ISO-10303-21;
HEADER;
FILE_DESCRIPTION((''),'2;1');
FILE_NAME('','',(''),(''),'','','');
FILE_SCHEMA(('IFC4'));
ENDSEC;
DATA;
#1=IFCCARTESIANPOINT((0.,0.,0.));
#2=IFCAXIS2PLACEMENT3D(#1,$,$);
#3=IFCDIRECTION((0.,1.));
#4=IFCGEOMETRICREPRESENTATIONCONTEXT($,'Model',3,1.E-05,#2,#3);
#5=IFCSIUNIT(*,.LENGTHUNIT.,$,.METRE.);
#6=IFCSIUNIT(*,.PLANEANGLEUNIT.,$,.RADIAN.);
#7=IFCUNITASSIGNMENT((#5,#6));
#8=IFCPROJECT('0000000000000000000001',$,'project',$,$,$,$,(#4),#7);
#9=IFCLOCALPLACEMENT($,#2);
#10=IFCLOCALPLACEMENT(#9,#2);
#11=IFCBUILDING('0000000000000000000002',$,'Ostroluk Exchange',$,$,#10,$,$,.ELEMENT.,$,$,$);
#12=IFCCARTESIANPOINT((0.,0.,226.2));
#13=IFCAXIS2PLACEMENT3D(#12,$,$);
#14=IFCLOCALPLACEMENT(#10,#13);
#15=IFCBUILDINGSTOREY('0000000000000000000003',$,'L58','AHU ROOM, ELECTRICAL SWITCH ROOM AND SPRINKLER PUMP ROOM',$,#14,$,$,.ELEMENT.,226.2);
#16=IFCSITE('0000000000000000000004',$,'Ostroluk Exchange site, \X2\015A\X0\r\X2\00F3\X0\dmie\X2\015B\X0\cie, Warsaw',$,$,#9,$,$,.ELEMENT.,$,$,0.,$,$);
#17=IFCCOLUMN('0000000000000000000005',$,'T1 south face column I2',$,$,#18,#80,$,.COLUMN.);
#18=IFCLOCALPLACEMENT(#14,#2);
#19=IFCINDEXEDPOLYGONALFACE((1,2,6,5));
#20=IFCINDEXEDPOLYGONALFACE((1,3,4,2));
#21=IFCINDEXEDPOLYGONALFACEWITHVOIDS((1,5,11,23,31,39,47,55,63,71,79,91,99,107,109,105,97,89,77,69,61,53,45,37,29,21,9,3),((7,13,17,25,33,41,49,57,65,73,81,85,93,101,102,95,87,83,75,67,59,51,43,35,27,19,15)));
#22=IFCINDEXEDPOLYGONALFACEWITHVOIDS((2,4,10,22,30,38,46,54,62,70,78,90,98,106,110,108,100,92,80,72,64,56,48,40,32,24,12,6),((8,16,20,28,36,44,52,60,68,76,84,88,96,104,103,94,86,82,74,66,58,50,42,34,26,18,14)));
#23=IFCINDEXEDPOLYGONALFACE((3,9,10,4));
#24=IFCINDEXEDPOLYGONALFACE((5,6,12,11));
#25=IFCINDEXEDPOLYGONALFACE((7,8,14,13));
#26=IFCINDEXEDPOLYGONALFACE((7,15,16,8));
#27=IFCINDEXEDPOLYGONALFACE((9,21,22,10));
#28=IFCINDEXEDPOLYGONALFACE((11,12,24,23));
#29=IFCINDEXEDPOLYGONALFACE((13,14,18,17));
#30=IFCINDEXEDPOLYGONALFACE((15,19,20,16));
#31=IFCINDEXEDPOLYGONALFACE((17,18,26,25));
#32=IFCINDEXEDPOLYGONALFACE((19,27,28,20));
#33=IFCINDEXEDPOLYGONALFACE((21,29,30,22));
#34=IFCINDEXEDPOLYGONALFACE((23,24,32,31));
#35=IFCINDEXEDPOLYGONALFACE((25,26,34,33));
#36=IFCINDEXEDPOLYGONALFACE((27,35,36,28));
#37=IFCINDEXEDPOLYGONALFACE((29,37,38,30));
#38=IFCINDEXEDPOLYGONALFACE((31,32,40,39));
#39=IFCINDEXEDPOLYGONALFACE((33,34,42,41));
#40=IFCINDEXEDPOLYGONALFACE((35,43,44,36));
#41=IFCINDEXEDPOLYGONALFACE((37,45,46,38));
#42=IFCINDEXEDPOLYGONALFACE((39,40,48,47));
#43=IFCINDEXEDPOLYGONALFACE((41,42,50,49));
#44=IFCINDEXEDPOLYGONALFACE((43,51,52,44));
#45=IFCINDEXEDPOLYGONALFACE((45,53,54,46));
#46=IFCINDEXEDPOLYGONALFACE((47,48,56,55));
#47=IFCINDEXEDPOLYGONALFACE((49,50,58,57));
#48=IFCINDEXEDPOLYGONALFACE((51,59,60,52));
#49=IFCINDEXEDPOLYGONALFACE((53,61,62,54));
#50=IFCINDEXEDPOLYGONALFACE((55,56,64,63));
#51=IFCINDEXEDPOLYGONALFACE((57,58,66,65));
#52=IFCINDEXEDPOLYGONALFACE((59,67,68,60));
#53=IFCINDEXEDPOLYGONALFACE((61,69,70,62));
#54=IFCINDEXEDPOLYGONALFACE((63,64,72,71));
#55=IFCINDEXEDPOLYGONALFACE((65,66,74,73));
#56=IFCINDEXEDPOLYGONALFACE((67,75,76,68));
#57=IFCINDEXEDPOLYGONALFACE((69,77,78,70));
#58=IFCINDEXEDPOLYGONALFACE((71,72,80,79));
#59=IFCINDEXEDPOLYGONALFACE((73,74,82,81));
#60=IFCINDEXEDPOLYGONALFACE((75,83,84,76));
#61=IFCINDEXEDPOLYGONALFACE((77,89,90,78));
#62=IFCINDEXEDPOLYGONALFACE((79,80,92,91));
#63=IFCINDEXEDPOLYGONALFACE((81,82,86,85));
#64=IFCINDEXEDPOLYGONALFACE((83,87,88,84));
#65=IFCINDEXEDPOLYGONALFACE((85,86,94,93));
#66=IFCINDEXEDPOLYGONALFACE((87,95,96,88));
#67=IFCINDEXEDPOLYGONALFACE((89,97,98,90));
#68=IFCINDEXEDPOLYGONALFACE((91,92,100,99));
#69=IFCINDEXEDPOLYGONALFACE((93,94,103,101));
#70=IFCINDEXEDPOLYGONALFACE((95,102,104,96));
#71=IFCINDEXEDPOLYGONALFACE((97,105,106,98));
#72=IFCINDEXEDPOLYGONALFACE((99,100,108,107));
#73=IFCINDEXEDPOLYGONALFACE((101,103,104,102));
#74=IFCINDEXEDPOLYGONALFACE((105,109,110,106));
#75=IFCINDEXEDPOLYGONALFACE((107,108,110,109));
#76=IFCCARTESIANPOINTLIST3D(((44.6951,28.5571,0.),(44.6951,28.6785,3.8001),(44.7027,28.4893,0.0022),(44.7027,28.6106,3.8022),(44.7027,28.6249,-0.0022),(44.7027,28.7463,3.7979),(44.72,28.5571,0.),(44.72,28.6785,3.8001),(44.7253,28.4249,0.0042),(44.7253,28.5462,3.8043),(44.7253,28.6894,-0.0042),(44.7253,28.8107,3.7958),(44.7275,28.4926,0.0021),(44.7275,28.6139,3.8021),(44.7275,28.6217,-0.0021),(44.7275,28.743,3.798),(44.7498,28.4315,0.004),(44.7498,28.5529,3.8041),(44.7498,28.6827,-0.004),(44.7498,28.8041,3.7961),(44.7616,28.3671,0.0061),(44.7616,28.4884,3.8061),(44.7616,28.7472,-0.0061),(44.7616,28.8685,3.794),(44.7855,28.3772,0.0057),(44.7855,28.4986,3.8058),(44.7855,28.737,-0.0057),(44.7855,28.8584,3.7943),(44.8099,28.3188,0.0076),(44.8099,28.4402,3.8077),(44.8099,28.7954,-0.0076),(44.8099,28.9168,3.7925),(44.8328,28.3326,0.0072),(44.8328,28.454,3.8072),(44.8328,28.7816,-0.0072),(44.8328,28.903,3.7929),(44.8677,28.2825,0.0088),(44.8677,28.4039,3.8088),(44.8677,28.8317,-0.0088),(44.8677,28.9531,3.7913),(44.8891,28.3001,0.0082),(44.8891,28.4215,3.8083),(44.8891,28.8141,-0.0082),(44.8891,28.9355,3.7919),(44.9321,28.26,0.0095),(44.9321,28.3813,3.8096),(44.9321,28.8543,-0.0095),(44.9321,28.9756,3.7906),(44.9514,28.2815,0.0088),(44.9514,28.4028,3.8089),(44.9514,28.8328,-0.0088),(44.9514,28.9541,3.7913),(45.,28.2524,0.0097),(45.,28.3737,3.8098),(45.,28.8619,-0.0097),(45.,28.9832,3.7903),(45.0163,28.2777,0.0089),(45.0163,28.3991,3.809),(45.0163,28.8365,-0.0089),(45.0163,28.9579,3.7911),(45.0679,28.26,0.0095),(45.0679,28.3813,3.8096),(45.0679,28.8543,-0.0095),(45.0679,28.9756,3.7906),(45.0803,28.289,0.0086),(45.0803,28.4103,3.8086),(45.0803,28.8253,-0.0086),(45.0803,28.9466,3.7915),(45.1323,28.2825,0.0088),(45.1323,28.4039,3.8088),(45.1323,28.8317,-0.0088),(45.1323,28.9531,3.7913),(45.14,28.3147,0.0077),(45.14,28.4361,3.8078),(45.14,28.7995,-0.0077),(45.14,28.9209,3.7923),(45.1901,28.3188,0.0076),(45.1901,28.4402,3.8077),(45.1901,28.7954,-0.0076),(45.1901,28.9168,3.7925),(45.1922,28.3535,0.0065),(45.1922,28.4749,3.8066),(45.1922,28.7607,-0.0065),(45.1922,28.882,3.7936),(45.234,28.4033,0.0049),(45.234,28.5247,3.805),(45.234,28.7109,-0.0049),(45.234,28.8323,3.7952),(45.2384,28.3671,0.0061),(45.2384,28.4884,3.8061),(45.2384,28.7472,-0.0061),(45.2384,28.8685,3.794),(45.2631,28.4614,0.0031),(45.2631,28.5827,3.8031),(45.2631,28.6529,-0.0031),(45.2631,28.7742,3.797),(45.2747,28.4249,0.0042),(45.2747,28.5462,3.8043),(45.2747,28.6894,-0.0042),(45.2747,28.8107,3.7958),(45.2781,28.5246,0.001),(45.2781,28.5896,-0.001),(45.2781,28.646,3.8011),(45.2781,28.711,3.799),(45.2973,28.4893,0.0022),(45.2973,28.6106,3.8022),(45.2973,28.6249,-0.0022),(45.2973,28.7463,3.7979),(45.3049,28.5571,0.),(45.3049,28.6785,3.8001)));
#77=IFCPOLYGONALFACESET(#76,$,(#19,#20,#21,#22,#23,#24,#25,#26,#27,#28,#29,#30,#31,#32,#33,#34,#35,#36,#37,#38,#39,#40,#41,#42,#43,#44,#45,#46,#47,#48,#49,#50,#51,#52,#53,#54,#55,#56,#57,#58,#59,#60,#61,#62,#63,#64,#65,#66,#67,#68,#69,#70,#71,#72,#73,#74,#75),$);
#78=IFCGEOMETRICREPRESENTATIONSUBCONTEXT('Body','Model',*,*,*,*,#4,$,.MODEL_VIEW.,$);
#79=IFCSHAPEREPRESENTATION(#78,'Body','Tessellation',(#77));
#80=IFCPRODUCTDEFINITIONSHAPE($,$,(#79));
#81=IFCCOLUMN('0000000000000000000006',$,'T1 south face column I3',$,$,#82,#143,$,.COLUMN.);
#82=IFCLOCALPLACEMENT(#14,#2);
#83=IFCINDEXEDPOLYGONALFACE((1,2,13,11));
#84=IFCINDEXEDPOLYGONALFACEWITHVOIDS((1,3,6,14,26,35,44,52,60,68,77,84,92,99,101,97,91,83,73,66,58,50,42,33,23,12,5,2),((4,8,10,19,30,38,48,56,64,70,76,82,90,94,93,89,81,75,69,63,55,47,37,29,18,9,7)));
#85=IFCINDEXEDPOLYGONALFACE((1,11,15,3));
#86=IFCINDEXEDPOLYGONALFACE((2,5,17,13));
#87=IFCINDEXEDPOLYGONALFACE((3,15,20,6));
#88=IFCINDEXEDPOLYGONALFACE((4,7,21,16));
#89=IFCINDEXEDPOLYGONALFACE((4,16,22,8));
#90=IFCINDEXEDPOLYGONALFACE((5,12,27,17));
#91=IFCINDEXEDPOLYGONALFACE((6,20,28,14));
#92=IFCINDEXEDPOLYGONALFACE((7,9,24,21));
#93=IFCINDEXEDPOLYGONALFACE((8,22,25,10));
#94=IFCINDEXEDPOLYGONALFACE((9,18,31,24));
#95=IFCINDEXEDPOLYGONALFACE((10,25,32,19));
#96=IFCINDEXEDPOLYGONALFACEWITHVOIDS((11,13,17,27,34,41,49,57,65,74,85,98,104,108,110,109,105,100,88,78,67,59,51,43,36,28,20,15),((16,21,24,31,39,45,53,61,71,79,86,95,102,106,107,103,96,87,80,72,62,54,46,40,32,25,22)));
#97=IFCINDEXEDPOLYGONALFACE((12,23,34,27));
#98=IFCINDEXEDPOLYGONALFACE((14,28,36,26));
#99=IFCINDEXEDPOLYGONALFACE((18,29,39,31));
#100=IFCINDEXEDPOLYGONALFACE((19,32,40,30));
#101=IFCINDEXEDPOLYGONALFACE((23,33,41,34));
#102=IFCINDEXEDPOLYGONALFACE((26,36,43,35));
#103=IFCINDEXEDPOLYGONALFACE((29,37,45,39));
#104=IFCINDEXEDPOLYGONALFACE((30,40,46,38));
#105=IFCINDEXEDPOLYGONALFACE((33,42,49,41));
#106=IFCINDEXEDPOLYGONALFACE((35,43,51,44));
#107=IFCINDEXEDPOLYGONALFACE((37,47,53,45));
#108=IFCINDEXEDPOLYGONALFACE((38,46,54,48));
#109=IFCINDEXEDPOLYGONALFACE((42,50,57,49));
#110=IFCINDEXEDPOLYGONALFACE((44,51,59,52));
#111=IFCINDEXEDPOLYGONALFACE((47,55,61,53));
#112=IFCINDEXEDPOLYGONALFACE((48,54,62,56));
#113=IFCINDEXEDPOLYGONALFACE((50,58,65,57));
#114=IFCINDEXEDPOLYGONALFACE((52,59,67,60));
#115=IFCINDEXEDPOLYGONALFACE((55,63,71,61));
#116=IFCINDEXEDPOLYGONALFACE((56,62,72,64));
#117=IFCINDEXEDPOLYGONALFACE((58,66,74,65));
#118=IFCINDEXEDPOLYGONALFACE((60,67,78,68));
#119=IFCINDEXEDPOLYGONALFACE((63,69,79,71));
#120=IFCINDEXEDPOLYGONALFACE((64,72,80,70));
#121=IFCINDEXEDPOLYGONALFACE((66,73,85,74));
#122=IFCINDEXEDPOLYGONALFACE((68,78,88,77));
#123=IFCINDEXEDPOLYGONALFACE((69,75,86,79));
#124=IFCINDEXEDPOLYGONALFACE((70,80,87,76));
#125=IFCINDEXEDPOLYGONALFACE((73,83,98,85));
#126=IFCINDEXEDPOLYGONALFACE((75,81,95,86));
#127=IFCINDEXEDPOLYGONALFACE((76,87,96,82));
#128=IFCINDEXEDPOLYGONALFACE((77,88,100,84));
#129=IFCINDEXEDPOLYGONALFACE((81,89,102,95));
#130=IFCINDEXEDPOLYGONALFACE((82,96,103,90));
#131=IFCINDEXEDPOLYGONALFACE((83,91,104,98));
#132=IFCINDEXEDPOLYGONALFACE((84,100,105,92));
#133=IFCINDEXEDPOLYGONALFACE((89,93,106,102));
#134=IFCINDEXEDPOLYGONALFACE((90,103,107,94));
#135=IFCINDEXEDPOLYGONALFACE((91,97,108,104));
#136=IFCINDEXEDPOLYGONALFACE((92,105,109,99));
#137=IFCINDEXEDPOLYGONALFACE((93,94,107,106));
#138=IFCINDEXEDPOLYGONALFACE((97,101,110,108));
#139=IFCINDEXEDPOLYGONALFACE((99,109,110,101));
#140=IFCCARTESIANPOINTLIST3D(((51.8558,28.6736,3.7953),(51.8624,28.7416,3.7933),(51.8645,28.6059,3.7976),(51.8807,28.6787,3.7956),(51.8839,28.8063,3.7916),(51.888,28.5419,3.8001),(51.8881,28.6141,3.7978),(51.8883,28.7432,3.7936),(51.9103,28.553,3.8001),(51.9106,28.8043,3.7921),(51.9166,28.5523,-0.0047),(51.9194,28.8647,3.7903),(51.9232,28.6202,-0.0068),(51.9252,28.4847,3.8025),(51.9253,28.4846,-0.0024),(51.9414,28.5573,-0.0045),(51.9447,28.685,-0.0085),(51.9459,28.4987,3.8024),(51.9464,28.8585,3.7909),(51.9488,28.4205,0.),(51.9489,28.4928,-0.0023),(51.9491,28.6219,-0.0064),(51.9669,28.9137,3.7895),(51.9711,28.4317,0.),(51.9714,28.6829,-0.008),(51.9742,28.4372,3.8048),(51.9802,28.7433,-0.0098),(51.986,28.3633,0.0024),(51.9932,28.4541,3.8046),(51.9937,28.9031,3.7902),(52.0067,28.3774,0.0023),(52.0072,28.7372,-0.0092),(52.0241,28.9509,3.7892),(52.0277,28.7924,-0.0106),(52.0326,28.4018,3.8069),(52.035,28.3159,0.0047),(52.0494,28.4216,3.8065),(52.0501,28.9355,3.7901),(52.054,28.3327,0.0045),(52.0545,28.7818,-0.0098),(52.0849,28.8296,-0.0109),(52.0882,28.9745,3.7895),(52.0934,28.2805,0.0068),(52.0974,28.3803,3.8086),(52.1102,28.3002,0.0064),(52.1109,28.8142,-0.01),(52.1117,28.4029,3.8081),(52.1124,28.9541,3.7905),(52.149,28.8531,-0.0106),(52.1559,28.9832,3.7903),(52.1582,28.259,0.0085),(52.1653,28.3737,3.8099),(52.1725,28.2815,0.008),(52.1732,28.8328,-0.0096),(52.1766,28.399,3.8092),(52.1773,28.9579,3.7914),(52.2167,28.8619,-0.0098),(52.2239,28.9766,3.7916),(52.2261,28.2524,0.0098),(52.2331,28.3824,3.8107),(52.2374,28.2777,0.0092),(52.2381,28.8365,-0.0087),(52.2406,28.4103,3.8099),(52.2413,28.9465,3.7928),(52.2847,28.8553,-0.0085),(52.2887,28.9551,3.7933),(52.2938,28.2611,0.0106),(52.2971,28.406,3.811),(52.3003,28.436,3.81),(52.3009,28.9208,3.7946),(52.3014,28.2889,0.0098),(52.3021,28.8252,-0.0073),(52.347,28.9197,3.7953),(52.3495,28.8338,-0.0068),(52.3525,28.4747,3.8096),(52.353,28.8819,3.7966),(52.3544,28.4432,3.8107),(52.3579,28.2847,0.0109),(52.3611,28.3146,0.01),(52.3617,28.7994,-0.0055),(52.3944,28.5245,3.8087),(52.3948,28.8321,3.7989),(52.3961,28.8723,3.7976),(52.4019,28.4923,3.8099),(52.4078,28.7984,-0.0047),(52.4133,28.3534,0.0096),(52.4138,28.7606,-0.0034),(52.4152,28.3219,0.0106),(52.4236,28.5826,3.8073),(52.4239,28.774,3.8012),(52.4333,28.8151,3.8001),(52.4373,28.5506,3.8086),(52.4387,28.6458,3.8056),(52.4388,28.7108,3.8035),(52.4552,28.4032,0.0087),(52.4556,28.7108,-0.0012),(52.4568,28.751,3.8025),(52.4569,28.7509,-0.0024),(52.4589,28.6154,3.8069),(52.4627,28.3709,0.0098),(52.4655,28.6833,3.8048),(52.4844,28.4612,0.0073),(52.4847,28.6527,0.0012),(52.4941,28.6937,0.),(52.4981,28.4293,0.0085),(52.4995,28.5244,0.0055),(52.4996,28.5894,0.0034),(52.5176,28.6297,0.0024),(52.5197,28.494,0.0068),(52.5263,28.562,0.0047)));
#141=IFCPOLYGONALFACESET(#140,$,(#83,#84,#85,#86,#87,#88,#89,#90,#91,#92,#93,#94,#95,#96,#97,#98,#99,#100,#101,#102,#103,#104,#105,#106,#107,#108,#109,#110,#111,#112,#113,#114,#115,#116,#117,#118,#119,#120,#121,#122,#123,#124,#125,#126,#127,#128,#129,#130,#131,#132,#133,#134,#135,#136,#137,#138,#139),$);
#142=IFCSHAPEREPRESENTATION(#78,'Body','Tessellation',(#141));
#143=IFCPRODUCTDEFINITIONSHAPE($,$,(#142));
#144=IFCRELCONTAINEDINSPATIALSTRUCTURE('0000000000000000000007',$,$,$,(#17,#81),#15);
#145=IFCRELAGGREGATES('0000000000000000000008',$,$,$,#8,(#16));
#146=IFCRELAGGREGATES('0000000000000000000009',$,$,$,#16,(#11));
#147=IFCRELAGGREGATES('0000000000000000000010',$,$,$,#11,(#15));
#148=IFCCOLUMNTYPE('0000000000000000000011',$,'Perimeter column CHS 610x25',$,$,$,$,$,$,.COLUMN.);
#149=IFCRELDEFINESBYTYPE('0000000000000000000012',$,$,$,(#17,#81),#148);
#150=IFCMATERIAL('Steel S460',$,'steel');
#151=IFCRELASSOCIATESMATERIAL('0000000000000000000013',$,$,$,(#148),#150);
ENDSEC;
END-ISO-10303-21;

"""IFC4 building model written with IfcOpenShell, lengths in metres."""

from ifc_helpers import new_model, si_unit, direction, frame, origin, origin_2d, place, context, subcontext, project, spatial, hollow_circle, extrude, material, material_profile, profile_set, type_object, element, save


model = new_model("IFC4")

# Units and contexts
model_context = context("Model", 3, precision=1e-05, world=origin(), true_north=direction((0.0, 1.0)))
body_context = subcontext(model_context, "Body", "Model", "MODEL_VIEW")
ifc_project = project(units=[si_unit("LENGTHUNIT", "METRE"), si_unit("PLANEANGLEUNIT", "RADIAN")], contexts=[model_context])

# Site, building, storey
site_placement = place(None, origin())
site = spatial("IfcSite", under=ifc_project, at=site_placement, Name="Ostroluk Exchange site, Śródmieście, Warsaw", CompositionType="ELEMENT", RefElevation=0.0)
building_placement = place(site_placement, origin())
building = spatial("IfcBuilding", under=site, at=building_placement, Name="Ostroluk Exchange", CompositionType="ELEMENT")
storey_placement = place(building_placement, frame((0.0, 0.0, 226.2)))
storey = spatial("IfcBuildingStorey", under=building, at=storey_placement, Name="L58", Description="AHU ROOM, ELECTRICAL SWITCH ROOM AND SPRINKLER PUMP ROOM", CompositionType="ELEMENT", Elevation=226.2)

# Columns
ifc_material_1 = material(Name="Steel S460", Category="steel")
ifc_material_profile_1 = material_profile(ifc_material_1, hollow_circle(Radius=0.3049, WallThickness=0.0249, at=origin_2d()), Name="CHS 610x25")
ifc_profile_set_1 = profile_set([ifc_material_profile_1], Name="Steel S460")
column_type = type_object("IfcColumnType", Name="Perimeter column CHS 610x25", PredefinedType="COLUMN", material=ifc_profile_set_1)
column_1_placement = place(storey_placement, frame((45.0, 28.5571, 0.0), z_axis=(0.0, 0.031914, 0.999491), x_axis=(-1.0, 0.0, 0.0)))
element("IfcColumn", 1, at=column_1_placement, inside=storey, type_object=column_type, Name="T1 south face column I2", PredefinedType="COLUMN", context=body_context, shape_type="SweptSolid", body=[
    extrude(hollow_circle(Radius=0.3049, WallThickness=0.0249, at=origin_2d()), origin(), (0.0, 0.0, 1.0), 3.802),
])
column_2_placement = place(storey_placement, frame((52.2214, 28.5571, 0.0), z_axis=(-0.015987, 0.03191, 0.999363), x_axis=(-0.894067, -0.447933, 0.0)))
element("IfcColumn", 2, at=column_2_placement, inside=storey, type_object=column_type, Name="T1 south face column I3", PredefinedType="COLUMN", context=body_context, shape_type="SweptSolid", body=[
    extrude(hollow_circle(Radius=0.3049, WallThickness=0.0249, at=origin_2d()), origin(), (0.0, 0.0, 1.0), 3.8025),
])

save(model, "model.ifc")
